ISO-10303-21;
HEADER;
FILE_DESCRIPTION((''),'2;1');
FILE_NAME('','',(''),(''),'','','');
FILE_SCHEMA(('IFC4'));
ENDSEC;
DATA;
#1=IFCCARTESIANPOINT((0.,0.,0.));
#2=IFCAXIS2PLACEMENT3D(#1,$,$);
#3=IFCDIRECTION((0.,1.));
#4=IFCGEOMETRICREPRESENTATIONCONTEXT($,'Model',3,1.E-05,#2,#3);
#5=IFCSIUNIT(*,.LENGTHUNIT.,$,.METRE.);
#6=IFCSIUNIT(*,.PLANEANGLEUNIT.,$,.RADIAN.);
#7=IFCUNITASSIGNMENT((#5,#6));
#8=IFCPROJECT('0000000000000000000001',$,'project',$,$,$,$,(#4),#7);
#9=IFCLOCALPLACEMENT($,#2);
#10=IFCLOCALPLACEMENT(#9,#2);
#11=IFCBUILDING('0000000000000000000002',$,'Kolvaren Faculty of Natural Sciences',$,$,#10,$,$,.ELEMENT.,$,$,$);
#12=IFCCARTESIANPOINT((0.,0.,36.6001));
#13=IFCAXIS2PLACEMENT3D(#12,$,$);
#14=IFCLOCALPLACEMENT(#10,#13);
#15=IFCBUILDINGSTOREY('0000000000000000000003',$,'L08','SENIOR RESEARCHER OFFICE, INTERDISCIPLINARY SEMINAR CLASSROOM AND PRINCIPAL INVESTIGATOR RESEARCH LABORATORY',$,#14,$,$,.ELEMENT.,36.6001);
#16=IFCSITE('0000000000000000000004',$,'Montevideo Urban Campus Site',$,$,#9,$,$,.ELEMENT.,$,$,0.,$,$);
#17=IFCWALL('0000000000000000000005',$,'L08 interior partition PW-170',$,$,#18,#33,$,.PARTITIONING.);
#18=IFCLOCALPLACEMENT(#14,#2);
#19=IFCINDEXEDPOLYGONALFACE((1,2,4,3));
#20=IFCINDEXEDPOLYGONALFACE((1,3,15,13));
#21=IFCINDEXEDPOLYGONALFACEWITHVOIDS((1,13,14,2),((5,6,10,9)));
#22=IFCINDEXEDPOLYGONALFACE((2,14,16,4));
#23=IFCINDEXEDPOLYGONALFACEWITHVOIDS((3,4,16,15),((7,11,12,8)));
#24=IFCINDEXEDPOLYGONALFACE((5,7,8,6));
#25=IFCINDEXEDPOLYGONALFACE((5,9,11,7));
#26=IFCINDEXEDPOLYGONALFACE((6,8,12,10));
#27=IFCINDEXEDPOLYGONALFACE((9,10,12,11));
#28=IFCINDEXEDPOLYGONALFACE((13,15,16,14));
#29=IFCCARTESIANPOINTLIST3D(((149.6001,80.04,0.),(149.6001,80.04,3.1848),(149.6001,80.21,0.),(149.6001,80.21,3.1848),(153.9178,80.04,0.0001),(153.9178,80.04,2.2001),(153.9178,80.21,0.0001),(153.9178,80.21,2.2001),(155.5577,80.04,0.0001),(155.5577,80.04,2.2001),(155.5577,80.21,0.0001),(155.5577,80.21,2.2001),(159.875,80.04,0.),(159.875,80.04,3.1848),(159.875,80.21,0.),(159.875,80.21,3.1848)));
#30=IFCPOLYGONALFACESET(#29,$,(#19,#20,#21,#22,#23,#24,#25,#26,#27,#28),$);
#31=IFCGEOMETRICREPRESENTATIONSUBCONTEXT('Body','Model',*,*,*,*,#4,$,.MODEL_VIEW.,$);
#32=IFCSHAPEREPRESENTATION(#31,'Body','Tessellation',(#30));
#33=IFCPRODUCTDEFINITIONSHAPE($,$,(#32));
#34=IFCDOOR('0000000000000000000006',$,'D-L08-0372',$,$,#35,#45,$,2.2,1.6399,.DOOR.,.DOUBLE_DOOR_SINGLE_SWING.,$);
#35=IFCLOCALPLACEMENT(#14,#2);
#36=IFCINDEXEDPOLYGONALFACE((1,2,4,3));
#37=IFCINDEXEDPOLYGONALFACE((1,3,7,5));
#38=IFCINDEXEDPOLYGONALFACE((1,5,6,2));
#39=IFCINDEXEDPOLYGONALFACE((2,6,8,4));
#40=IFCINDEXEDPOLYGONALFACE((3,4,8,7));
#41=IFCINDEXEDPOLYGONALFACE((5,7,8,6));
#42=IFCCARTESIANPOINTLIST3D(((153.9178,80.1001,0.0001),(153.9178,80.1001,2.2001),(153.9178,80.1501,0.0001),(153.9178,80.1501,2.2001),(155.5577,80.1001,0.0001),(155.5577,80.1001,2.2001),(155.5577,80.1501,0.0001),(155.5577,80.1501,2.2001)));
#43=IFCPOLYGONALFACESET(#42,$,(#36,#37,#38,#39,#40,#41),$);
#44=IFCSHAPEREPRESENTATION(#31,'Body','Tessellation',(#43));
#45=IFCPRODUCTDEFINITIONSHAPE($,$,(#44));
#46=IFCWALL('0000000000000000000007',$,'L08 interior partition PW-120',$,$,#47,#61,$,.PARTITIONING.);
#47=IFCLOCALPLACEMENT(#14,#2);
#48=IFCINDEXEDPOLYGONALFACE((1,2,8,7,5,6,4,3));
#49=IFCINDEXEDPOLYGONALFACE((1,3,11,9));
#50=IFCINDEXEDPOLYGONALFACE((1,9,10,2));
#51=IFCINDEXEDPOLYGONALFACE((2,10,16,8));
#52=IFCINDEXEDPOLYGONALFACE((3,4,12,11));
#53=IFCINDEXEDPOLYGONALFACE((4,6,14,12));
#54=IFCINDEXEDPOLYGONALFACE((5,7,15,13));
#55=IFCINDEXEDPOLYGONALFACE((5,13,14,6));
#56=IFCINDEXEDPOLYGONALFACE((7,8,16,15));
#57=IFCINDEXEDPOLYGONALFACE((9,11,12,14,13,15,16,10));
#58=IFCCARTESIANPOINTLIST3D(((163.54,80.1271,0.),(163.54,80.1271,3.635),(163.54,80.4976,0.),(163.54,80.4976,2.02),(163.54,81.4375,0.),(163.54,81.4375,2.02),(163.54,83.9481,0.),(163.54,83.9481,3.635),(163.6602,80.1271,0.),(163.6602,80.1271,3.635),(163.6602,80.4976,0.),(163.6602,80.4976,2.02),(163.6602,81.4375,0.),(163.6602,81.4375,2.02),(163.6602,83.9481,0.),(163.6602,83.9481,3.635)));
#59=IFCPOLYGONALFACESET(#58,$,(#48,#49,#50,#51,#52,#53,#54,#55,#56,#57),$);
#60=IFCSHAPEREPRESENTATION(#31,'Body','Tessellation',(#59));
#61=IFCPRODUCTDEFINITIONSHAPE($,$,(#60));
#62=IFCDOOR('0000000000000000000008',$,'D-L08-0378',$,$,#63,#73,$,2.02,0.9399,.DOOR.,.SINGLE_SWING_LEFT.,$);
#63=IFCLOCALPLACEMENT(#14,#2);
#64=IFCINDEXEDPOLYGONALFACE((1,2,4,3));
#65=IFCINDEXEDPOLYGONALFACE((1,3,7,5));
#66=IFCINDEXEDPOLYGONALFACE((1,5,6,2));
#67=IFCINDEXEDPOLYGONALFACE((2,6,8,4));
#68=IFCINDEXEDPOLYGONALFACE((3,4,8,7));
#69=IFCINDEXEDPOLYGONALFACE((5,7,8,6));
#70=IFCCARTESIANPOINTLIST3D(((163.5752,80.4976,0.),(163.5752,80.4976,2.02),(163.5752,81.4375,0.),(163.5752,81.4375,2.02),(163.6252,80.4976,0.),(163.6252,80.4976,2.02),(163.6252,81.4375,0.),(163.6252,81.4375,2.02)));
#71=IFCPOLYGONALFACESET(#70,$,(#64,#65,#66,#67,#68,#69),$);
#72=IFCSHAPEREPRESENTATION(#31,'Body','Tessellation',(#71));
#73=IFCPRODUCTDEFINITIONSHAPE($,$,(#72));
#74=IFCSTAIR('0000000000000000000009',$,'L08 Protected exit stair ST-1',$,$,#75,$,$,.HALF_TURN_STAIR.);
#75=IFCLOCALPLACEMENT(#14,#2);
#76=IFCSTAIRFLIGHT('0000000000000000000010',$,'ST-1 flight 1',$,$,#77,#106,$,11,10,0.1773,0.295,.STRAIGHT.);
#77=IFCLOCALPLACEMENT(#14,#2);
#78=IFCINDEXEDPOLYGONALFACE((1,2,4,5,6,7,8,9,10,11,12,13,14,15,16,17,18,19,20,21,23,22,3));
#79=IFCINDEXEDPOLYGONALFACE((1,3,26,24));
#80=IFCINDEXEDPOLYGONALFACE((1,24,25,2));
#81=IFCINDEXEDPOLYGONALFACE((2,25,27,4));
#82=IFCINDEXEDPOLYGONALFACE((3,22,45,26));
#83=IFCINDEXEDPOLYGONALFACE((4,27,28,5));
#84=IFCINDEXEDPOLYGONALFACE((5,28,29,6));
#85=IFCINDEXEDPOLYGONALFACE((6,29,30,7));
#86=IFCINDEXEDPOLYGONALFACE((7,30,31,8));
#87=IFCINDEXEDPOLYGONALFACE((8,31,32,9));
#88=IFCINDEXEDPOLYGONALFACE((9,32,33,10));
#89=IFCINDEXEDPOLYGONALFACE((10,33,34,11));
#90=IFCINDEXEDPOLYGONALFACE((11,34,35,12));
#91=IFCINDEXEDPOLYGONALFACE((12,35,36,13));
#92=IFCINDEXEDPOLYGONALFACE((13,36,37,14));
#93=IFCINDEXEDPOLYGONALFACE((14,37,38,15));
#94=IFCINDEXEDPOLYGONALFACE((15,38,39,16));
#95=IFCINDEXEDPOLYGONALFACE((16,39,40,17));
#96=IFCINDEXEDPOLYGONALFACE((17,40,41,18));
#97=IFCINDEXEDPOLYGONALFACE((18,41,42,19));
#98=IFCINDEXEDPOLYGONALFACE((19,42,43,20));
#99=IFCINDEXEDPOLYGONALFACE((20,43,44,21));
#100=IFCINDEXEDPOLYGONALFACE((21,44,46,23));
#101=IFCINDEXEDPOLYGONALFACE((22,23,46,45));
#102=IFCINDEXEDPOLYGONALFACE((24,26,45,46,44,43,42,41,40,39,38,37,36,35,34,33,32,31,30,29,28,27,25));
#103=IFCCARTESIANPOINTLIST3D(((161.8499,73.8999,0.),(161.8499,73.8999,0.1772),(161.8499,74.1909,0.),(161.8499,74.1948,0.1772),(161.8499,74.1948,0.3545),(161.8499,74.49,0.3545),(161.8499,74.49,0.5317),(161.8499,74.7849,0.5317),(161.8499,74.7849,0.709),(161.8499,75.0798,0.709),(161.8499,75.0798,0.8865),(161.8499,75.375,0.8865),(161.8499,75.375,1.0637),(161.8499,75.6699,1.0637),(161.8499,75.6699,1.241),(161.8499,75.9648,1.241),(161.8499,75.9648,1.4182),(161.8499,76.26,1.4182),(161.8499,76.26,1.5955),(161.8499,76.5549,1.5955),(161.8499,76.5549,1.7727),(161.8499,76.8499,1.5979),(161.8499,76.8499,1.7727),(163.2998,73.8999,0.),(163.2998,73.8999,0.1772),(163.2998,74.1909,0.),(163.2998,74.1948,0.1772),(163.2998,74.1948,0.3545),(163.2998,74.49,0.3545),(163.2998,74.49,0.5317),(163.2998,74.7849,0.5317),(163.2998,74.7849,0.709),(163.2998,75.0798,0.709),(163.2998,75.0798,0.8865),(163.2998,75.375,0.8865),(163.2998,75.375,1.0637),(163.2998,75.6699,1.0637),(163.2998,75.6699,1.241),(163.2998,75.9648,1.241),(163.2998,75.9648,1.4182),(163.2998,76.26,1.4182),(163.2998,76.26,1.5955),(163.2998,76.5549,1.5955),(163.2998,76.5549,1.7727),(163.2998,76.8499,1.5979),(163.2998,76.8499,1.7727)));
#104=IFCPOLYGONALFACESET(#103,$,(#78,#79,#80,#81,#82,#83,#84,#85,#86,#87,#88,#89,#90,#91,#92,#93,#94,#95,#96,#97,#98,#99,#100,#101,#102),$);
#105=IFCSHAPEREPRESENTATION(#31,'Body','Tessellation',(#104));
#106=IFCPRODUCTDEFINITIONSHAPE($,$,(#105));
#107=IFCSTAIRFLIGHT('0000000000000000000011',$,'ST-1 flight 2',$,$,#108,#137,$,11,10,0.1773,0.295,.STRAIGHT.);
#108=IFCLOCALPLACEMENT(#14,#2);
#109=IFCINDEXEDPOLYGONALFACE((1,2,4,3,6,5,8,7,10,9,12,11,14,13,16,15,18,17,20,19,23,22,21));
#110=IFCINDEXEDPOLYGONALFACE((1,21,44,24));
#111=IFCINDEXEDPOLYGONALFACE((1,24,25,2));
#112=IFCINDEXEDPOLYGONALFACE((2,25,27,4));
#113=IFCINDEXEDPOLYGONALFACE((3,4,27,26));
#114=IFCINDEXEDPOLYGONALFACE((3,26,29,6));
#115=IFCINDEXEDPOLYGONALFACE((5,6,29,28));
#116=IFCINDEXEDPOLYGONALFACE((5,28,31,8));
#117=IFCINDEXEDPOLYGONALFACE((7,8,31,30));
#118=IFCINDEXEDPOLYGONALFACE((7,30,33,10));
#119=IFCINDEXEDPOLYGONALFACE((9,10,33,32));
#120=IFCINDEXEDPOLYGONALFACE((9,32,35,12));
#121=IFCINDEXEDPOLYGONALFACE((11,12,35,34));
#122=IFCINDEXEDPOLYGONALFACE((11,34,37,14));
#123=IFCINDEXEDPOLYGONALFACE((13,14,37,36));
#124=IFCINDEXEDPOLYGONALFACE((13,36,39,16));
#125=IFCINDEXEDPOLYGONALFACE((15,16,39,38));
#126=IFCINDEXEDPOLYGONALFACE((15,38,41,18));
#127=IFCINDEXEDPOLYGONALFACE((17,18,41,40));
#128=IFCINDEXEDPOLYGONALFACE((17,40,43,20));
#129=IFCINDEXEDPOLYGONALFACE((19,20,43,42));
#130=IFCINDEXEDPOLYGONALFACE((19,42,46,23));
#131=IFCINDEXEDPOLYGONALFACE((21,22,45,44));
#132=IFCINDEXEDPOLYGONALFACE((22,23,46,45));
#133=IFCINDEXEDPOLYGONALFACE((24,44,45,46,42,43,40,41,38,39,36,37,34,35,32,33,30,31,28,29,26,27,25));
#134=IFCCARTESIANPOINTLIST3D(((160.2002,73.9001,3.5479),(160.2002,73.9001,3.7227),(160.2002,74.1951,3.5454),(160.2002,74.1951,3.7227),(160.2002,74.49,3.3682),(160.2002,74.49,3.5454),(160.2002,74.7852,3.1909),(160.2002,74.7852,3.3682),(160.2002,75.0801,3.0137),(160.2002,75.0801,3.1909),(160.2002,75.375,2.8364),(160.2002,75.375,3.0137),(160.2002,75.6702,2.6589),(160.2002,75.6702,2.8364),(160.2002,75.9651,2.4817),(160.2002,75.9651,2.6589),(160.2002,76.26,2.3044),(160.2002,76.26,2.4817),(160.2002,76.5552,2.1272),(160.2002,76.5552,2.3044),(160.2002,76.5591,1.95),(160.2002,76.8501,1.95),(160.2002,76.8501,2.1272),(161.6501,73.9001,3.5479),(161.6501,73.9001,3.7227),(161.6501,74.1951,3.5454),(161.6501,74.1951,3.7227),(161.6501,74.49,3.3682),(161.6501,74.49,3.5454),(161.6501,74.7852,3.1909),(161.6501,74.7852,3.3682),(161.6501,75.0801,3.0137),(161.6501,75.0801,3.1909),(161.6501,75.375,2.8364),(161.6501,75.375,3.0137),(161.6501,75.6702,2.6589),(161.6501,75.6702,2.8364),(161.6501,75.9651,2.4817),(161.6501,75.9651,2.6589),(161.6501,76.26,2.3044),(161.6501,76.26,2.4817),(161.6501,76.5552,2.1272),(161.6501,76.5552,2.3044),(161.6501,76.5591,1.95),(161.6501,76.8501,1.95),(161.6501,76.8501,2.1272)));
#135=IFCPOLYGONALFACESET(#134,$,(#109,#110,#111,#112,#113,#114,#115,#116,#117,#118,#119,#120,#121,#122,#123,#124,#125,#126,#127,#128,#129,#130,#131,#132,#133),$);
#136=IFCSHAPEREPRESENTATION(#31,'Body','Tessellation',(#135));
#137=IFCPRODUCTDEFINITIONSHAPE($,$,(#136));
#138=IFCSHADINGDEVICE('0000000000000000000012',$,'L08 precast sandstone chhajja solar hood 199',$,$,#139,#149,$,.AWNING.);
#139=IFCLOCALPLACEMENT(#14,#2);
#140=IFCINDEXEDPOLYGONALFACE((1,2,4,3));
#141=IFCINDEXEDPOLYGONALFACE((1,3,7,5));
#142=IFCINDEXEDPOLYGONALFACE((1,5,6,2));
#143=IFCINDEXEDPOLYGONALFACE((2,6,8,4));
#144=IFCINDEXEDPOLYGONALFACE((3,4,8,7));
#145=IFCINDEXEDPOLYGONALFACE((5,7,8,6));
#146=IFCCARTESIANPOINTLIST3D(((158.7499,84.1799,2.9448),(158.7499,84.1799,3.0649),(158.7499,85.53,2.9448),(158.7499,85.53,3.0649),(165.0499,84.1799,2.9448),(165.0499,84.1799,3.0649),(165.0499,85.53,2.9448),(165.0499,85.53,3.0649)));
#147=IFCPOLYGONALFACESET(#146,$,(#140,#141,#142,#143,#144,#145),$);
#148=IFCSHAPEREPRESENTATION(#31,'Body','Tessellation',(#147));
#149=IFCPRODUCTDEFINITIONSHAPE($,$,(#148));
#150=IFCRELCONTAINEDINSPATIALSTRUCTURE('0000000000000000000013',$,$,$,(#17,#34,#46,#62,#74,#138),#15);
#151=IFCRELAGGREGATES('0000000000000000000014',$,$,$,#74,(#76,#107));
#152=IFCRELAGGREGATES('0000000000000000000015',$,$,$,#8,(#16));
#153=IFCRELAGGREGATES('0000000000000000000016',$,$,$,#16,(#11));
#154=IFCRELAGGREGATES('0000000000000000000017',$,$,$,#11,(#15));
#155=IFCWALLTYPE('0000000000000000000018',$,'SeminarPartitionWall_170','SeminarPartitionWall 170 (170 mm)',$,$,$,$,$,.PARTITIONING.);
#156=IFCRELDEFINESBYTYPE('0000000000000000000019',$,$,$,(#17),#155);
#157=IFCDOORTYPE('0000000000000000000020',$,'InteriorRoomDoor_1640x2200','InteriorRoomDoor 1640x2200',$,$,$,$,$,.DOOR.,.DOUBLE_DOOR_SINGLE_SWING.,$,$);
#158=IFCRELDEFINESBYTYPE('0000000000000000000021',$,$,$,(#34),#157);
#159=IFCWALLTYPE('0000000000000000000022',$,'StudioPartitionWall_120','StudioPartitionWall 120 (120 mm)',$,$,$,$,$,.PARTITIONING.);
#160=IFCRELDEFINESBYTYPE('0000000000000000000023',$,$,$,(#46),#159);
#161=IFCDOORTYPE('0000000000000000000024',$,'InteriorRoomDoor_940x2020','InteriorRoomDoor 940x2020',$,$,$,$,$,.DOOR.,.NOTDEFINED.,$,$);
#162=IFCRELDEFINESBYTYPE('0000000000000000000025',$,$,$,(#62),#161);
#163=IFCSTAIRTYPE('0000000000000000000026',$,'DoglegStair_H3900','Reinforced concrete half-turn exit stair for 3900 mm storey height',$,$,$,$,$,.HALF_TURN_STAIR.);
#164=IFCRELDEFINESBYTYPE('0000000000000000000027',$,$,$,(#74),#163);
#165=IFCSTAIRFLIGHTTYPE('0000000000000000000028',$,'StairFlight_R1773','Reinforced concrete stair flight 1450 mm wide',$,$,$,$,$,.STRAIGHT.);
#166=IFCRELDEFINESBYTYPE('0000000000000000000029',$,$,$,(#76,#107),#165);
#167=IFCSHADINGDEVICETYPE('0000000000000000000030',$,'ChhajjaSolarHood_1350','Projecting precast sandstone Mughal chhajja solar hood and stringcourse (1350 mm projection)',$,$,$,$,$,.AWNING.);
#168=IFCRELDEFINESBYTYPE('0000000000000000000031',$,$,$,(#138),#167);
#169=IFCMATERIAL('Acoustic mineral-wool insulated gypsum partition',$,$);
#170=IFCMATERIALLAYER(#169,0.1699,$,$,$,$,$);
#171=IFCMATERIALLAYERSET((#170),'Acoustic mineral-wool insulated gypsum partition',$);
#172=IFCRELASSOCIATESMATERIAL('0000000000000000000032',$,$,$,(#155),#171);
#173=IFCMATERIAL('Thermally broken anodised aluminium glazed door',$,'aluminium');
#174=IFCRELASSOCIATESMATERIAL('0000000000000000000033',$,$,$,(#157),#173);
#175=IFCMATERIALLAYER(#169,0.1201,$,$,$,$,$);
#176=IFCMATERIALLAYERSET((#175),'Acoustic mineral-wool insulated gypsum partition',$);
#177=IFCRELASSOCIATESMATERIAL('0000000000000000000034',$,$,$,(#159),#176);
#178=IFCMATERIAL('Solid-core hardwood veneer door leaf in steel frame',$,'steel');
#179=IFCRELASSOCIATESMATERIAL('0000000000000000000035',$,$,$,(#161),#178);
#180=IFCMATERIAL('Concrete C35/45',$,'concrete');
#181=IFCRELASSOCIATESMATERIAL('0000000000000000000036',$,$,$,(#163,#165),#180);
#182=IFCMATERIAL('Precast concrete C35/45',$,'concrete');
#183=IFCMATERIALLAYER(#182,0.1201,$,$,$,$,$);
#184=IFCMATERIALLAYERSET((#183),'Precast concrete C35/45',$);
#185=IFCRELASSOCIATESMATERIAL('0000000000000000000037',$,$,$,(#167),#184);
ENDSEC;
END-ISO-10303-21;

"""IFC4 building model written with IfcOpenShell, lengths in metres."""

from ifc_helpers import new_model, si_unit, direction, frame, frame_2d, origin, origin_2d, place, context, subcontext, project, spatial, polyline, rectangle, outline, extrude, material, layer, layer_set, type_object, element, fill, aggregate, save


model = new_model("IFC4")

# Units and contexts
model_context = context("Model", 3, precision=1e-05, world=origin(), true_north=direction((0.0, 1.0)))
body_context = subcontext(model_context, "Body", "Model", "MODEL_VIEW")
ifc_project = project(units=[si_unit("LENGTHUNIT", "METRE"), si_unit("PLANEANGLEUNIT", "RADIAN")], contexts=[model_context])

# Site, building, storey
site_placement = place(None, origin())
site = spatial("IfcSite", under=ifc_project, at=site_placement, Name="Montevideo Urban Campus Site", CompositionType="ELEMENT", RefElevation=0.0)
building_placement = place(site_placement, origin())
building = spatial("IfcBuilding", under=site, at=building_placement, Name="Kolvaren Faculty of Natural Sciences", CompositionType="ELEMENT")
storey_placement = place(building_placement, frame((0.0, 0.0, 36.6001)))
storey = spatial("IfcBuildingStorey", under=building, at=storey_placement, Name="L08", Description="SENIOR RESEARCHER OFFICE, INTERDISCIPLINARY SEMINAR CLASSROOM AND PRINCIPAL INVESTIGATOR RESEARCH LABORATORY", CompositionType="ELEMENT", Elevation=36.6001)

# Shared definitions
ifc_material_1 = material(Name="Concrete C35/45", Category="concrete")

# Shared definitions
ifc_material_2 = material(Name="Precast concrete C35/45", Category="concrete")

# Shared definitions
ifc_material_3 = material(Name="Acoustic mineral-wool insulated gypsum partition")
ifc_layer_1 = layer(ifc_material_3, 0.1699)
ifc_layer_set_1 = layer_set([ifc_layer_1], Name="Acoustic mineral-wool insulated gypsum partition")
wall_type_1 = type_object("IfcWallType", Name="SeminarPartitionWall_170", Description="SeminarPartitionWall 170 (170 mm)", PredefinedType="PARTITIONING", material=ifc_layer_set_1)

# Walls, openings, doors
wall_1_placement = place(storey_placement, frame((159.875, 80.125, 0.0), z_axis=(0.0, 0.0, 1.0), x_axis=(-1.0, 0.0, 0.0)))
wall_1 = element("IfcWall", 1, at=wall_1_placement, inside=storey, type_object=wall_type_1, Name="L08 interior partition PW-170", PredefinedType="PARTITIONING", context=body_context, shape_type="SweptSolid", body=[
    extrude(rectangle(XDim=10.2749, YDim=0.1699, at=frame_2d((5.1375, 0.0))), origin(), (0.0, 0.0, 1.0), 3.1848),
])
opening_1_placement = place(wall_1_placement, frame((4.3174, 0.0, 0.0)))
opening_1 = element("IfcOpeningElement", 2, at=opening_1_placement, cuts=wall_1, PredefinedType="OPENING", context=body_context, shape_type="SweptSolid", body=[
    extrude(rectangle(XDim=1.6399, YDim=2.2, at=frame_2d((0.8198, 1.1001))), frame((0.0, 0.095, 0.0), z_axis=(0.0, -1.0, 0.0), x_axis=(1.0, 0.0, 0.0)), (0.0, 0.0, 1.0), 0.1899),
])
ifc_material_4 = material(Name="Thermally broken anodised aluminium glazed door", Category="aluminium")
door_type_1 = type_object("IfcDoorType", Name="InteriorRoomDoor_1640x2200", Description="InteriorRoomDoor 1640x2200", OperationType="DOUBLE_DOOR_SINGLE_SWING", PredefinedType="DOOR", material=ifc_material_4)
door_1_placement = place(opening_1_placement, origin())
door_1 = element("IfcDoor", 3, at=door_1_placement, inside=storey, type_object=door_type_1, Name="D-L08-0372", OperationType="DOUBLE_DOOR_SINGLE_SWING", OverallHeight=2.2, OverallWidth=1.6399, PredefinedType="DOOR", context=body_context, shape_type="SweptSolid", body=[
    extrude(rectangle(XDim=1.6399, YDim=2.2, at=frame_2d((0.8198, 1.1001))), frame((0.0, 0.0249, 0.0), z_axis=(0.0, -1.0, 0.0), x_axis=(1.0, 0.0, 0.0)), (0.0, 0.0, 1.0), 0.05),
])
fill(opening_1, door_1)
ifc_layer_2 = layer(ifc_material_3, 0.1201)
ifc_layer_set_2 = layer_set([ifc_layer_2], Name="Acoustic mineral-wool insulated gypsum partition")
wall_type_2 = type_object("IfcWallType", Name="StudioPartitionWall_120", Description="StudioPartitionWall 120 (120 mm)", PredefinedType="PARTITIONING", material=ifc_layer_set_2)
wall_2_placement = place(storey_placement, frame((163.6001, 80.127, 0.0), z_axis=(0.0, 0.0, 1.0), x_axis=(0.0, 1.0, 0.0)))
wall_2 = element("IfcWall", 4, at=wall_2_placement, inside=storey, type_object=wall_type_2, Name="L08 interior partition PW-120", PredefinedType="PARTITIONING", context=body_context, shape_type="SweptSolid", body=[
    extrude(rectangle(XDim=3.821, YDim=0.1201, at=frame_2d((1.9106, 0.0))), origin(), (0.0, 0.0, 1.0), 3.635),
])
opening_2_placement = place(wall_2_placement, frame((0.3706, 0.0, 0.0)))
opening_2 = element("IfcOpeningElement", 5, at=opening_2_placement, cuts=wall_2, PredefinedType="OPENING", context=body_context, shape_type="SweptSolid", body=[
    extrude(rectangle(XDim=0.9399, YDim=2.02, at=frame_2d((0.47, 1.01))), frame((0.0, 0.0701, 0.0), z_axis=(0.0, -1.0, 0.0), x_axis=(1.0, 0.0, 0.0)), (0.0, 0.0, 1.0), 0.1401),
])
ifc_material_5 = material(Name="Solid-core hardwood veneer door leaf in steel frame", Category="steel")
door_type_2 = type_object("IfcDoorType", Name="InteriorRoomDoor_940x2020", Description="InteriorRoomDoor 940x2020", OperationType="NOTDEFINED", PredefinedType="DOOR", material=ifc_material_5)
door_2_placement = place(opening_2_placement, origin())
door_2 = element("IfcDoor", 6, at=door_2_placement, inside=storey, type_object=door_type_2, Name="D-L08-0378", OperationType="SINGLE_SWING_LEFT", OverallHeight=2.02, OverallWidth=0.9399, PredefinedType="DOOR", context=body_context, shape_type="SweptSolid", body=[
    extrude(rectangle(XDim=0.9399, YDim=2.02, at=frame_2d((0.47, 1.01))), frame((0.0, 0.0249, 0.0), z_axis=(0.0, -1.0, 0.0), x_axis=(1.0, 0.0, 0.0)), (0.0, 0.0, 1.0), 0.05),
])
fill(opening_2, door_2)

# Stair, stair flights
stair_type = type_object("IfcStairType", Name="DoglegStair_H3900", Description="Reinforced concrete half-turn exit stair for 3900 mm storey height", PredefinedType="HALF_TURN_STAIR", material=ifc_material_1)
stair_placement = place(storey_placement, origin())
stair = element("IfcStair", 7, at=stair_placement, inside=storey, type_object=stair_type, Name="L08 Protected exit stair ST-1", PredefinedType="HALF_TURN_STAIR")
stair_flight_type = type_object("IfcStairFlightType", Name="StairFlight_R1773", Description="Reinforced concrete stair flight 1450 mm wide", PredefinedType="STRAIGHT", material=ifc_material_1)
stair_flight_1_placement = place(storey_placement, frame((162.575, 73.8999, 0.0), z_axis=(0.0, 0.0, 1.0), x_axis=(0.0, 1.0, 0.0)))
stair_flight_1 = element("IfcStairFlight", 8, at=stair_flight_1_placement, type_object=stair_flight_type, Name="ST-1 flight 1", NumberOfRisers=11, NumberOfTreads=10, PredefinedType="STRAIGHT", RiserHeight=0.1773, TreadLength=0.295, context=body_context, shape_type="SweptSolid", body=[
    extrude(outline(polyline([(0.0, 0.0), (0.0, 0.1772), (0.2949, 0.1772), (0.2949, 0.3545), (0.5901, 0.3545), (0.5901, 0.5317), (0.885, 0.5317), (0.885, 0.709), (1.1799, 0.709), (1.1799, 0.8865), (1.4751, 0.8865), (1.4751, 1.0637), (1.77, 1.0637), (1.77, 1.241), (2.0649, 1.241), (2.0649, 1.4182), (2.3601, 1.4182), (2.3601, 1.5955), (2.655, 1.5955), (2.655, 1.7727), (2.95, 1.7727), (2.95, 1.95), (2.95, 1.5979), (0.291, 0.0), (0.0, 0.0)])), frame((0.0, 0.7251, 0.0), z_axis=(0.0, -1.0, 0.0), x_axis=(1.0, 0.0, 0.0)), (0.0, 0.0, 1.0), 1.45),
])
stair_flight_2_placement = place(storey_placement, frame((160.925, 76.8501, 1.95), z_axis=(0.0, 0.0, 1.0), x_axis=(0.0, -1.0, 0.0)))
stair_flight_2 = element("IfcStairFlight", 9, at=stair_flight_2_placement, type_object=stair_flight_type, Name="ST-1 flight 2", NumberOfRisers=11, NumberOfTreads=10, PredefinedType="STRAIGHT", RiserHeight=0.1773, TreadLength=0.295, context=body_context, shape_type="SweptSolid", body=[
    extrude(outline(polyline([(0.0, 0.0), (0.0, 0.1772), (0.2949, 0.1772), (0.2949, 0.3545), (0.5901, 0.3545), (0.5901, 0.5317), (0.885, 0.5317), (0.885, 0.709), (1.1799, 0.709), (1.1799, 0.8865), (1.4751, 0.8865), (1.4751, 1.0637), (1.77, 1.0637), (1.77, 1.241), (2.0649, 1.241), (2.0649, 1.4182), (2.3601, 1.4182), (2.3601, 1.5955), (2.655, 1.5955), (2.655, 1.7727), (2.95, 1.7727), (2.95, 1.95), (2.95, 1.5979), (0.291, 0.0), (0.0, 0.0)])), frame((0.0, 0.7251, 0.0), z_axis=(0.0, -1.0, 0.0), x_axis=(1.0, 0.0, 0.0)), (0.0, 0.0, 1.0), 1.45),
])
aggregate(stair, [stair_flight_1, stair_flight_2])

# Shading device
ifc_layer_3 = layer(ifc_material_2, 0.1201)
ifc_layer_set_3 = layer_set([ifc_layer_3], Name="Precast concrete C35/45")
shading_device_type = type_object("IfcShadingDeviceType", Name="ChhajjaSolarHood_1350", Description="Projecting precast sandstone Mughal chhajja solar hood and stringcourse (1350 mm projection)", PredefinedType="AWNING", material=ifc_layer_set_3)
shading_device_placement = place(storey_placement, frame((161.8999, 84.855, 2.9448), z_axis=(0.0, 0.0, 1.0), x_axis=(1.0, 0.0, 0.0)))
element("IfcShadingDevice", 10, at=shading_device_placement, inside=storey, type_object=shading_device_type, Name="L08 precast sandstone chhajja solar hood 199", PredefinedType="AWNING", context=body_context, shape_type="SweptSolid", body=[
    extrude(rectangle(XDim=6.3, YDim=1.3501, at=origin_2d()), origin(), (0.0, 0.0, 1.0), 0.1201),
])

save(model, "model.ifc")
